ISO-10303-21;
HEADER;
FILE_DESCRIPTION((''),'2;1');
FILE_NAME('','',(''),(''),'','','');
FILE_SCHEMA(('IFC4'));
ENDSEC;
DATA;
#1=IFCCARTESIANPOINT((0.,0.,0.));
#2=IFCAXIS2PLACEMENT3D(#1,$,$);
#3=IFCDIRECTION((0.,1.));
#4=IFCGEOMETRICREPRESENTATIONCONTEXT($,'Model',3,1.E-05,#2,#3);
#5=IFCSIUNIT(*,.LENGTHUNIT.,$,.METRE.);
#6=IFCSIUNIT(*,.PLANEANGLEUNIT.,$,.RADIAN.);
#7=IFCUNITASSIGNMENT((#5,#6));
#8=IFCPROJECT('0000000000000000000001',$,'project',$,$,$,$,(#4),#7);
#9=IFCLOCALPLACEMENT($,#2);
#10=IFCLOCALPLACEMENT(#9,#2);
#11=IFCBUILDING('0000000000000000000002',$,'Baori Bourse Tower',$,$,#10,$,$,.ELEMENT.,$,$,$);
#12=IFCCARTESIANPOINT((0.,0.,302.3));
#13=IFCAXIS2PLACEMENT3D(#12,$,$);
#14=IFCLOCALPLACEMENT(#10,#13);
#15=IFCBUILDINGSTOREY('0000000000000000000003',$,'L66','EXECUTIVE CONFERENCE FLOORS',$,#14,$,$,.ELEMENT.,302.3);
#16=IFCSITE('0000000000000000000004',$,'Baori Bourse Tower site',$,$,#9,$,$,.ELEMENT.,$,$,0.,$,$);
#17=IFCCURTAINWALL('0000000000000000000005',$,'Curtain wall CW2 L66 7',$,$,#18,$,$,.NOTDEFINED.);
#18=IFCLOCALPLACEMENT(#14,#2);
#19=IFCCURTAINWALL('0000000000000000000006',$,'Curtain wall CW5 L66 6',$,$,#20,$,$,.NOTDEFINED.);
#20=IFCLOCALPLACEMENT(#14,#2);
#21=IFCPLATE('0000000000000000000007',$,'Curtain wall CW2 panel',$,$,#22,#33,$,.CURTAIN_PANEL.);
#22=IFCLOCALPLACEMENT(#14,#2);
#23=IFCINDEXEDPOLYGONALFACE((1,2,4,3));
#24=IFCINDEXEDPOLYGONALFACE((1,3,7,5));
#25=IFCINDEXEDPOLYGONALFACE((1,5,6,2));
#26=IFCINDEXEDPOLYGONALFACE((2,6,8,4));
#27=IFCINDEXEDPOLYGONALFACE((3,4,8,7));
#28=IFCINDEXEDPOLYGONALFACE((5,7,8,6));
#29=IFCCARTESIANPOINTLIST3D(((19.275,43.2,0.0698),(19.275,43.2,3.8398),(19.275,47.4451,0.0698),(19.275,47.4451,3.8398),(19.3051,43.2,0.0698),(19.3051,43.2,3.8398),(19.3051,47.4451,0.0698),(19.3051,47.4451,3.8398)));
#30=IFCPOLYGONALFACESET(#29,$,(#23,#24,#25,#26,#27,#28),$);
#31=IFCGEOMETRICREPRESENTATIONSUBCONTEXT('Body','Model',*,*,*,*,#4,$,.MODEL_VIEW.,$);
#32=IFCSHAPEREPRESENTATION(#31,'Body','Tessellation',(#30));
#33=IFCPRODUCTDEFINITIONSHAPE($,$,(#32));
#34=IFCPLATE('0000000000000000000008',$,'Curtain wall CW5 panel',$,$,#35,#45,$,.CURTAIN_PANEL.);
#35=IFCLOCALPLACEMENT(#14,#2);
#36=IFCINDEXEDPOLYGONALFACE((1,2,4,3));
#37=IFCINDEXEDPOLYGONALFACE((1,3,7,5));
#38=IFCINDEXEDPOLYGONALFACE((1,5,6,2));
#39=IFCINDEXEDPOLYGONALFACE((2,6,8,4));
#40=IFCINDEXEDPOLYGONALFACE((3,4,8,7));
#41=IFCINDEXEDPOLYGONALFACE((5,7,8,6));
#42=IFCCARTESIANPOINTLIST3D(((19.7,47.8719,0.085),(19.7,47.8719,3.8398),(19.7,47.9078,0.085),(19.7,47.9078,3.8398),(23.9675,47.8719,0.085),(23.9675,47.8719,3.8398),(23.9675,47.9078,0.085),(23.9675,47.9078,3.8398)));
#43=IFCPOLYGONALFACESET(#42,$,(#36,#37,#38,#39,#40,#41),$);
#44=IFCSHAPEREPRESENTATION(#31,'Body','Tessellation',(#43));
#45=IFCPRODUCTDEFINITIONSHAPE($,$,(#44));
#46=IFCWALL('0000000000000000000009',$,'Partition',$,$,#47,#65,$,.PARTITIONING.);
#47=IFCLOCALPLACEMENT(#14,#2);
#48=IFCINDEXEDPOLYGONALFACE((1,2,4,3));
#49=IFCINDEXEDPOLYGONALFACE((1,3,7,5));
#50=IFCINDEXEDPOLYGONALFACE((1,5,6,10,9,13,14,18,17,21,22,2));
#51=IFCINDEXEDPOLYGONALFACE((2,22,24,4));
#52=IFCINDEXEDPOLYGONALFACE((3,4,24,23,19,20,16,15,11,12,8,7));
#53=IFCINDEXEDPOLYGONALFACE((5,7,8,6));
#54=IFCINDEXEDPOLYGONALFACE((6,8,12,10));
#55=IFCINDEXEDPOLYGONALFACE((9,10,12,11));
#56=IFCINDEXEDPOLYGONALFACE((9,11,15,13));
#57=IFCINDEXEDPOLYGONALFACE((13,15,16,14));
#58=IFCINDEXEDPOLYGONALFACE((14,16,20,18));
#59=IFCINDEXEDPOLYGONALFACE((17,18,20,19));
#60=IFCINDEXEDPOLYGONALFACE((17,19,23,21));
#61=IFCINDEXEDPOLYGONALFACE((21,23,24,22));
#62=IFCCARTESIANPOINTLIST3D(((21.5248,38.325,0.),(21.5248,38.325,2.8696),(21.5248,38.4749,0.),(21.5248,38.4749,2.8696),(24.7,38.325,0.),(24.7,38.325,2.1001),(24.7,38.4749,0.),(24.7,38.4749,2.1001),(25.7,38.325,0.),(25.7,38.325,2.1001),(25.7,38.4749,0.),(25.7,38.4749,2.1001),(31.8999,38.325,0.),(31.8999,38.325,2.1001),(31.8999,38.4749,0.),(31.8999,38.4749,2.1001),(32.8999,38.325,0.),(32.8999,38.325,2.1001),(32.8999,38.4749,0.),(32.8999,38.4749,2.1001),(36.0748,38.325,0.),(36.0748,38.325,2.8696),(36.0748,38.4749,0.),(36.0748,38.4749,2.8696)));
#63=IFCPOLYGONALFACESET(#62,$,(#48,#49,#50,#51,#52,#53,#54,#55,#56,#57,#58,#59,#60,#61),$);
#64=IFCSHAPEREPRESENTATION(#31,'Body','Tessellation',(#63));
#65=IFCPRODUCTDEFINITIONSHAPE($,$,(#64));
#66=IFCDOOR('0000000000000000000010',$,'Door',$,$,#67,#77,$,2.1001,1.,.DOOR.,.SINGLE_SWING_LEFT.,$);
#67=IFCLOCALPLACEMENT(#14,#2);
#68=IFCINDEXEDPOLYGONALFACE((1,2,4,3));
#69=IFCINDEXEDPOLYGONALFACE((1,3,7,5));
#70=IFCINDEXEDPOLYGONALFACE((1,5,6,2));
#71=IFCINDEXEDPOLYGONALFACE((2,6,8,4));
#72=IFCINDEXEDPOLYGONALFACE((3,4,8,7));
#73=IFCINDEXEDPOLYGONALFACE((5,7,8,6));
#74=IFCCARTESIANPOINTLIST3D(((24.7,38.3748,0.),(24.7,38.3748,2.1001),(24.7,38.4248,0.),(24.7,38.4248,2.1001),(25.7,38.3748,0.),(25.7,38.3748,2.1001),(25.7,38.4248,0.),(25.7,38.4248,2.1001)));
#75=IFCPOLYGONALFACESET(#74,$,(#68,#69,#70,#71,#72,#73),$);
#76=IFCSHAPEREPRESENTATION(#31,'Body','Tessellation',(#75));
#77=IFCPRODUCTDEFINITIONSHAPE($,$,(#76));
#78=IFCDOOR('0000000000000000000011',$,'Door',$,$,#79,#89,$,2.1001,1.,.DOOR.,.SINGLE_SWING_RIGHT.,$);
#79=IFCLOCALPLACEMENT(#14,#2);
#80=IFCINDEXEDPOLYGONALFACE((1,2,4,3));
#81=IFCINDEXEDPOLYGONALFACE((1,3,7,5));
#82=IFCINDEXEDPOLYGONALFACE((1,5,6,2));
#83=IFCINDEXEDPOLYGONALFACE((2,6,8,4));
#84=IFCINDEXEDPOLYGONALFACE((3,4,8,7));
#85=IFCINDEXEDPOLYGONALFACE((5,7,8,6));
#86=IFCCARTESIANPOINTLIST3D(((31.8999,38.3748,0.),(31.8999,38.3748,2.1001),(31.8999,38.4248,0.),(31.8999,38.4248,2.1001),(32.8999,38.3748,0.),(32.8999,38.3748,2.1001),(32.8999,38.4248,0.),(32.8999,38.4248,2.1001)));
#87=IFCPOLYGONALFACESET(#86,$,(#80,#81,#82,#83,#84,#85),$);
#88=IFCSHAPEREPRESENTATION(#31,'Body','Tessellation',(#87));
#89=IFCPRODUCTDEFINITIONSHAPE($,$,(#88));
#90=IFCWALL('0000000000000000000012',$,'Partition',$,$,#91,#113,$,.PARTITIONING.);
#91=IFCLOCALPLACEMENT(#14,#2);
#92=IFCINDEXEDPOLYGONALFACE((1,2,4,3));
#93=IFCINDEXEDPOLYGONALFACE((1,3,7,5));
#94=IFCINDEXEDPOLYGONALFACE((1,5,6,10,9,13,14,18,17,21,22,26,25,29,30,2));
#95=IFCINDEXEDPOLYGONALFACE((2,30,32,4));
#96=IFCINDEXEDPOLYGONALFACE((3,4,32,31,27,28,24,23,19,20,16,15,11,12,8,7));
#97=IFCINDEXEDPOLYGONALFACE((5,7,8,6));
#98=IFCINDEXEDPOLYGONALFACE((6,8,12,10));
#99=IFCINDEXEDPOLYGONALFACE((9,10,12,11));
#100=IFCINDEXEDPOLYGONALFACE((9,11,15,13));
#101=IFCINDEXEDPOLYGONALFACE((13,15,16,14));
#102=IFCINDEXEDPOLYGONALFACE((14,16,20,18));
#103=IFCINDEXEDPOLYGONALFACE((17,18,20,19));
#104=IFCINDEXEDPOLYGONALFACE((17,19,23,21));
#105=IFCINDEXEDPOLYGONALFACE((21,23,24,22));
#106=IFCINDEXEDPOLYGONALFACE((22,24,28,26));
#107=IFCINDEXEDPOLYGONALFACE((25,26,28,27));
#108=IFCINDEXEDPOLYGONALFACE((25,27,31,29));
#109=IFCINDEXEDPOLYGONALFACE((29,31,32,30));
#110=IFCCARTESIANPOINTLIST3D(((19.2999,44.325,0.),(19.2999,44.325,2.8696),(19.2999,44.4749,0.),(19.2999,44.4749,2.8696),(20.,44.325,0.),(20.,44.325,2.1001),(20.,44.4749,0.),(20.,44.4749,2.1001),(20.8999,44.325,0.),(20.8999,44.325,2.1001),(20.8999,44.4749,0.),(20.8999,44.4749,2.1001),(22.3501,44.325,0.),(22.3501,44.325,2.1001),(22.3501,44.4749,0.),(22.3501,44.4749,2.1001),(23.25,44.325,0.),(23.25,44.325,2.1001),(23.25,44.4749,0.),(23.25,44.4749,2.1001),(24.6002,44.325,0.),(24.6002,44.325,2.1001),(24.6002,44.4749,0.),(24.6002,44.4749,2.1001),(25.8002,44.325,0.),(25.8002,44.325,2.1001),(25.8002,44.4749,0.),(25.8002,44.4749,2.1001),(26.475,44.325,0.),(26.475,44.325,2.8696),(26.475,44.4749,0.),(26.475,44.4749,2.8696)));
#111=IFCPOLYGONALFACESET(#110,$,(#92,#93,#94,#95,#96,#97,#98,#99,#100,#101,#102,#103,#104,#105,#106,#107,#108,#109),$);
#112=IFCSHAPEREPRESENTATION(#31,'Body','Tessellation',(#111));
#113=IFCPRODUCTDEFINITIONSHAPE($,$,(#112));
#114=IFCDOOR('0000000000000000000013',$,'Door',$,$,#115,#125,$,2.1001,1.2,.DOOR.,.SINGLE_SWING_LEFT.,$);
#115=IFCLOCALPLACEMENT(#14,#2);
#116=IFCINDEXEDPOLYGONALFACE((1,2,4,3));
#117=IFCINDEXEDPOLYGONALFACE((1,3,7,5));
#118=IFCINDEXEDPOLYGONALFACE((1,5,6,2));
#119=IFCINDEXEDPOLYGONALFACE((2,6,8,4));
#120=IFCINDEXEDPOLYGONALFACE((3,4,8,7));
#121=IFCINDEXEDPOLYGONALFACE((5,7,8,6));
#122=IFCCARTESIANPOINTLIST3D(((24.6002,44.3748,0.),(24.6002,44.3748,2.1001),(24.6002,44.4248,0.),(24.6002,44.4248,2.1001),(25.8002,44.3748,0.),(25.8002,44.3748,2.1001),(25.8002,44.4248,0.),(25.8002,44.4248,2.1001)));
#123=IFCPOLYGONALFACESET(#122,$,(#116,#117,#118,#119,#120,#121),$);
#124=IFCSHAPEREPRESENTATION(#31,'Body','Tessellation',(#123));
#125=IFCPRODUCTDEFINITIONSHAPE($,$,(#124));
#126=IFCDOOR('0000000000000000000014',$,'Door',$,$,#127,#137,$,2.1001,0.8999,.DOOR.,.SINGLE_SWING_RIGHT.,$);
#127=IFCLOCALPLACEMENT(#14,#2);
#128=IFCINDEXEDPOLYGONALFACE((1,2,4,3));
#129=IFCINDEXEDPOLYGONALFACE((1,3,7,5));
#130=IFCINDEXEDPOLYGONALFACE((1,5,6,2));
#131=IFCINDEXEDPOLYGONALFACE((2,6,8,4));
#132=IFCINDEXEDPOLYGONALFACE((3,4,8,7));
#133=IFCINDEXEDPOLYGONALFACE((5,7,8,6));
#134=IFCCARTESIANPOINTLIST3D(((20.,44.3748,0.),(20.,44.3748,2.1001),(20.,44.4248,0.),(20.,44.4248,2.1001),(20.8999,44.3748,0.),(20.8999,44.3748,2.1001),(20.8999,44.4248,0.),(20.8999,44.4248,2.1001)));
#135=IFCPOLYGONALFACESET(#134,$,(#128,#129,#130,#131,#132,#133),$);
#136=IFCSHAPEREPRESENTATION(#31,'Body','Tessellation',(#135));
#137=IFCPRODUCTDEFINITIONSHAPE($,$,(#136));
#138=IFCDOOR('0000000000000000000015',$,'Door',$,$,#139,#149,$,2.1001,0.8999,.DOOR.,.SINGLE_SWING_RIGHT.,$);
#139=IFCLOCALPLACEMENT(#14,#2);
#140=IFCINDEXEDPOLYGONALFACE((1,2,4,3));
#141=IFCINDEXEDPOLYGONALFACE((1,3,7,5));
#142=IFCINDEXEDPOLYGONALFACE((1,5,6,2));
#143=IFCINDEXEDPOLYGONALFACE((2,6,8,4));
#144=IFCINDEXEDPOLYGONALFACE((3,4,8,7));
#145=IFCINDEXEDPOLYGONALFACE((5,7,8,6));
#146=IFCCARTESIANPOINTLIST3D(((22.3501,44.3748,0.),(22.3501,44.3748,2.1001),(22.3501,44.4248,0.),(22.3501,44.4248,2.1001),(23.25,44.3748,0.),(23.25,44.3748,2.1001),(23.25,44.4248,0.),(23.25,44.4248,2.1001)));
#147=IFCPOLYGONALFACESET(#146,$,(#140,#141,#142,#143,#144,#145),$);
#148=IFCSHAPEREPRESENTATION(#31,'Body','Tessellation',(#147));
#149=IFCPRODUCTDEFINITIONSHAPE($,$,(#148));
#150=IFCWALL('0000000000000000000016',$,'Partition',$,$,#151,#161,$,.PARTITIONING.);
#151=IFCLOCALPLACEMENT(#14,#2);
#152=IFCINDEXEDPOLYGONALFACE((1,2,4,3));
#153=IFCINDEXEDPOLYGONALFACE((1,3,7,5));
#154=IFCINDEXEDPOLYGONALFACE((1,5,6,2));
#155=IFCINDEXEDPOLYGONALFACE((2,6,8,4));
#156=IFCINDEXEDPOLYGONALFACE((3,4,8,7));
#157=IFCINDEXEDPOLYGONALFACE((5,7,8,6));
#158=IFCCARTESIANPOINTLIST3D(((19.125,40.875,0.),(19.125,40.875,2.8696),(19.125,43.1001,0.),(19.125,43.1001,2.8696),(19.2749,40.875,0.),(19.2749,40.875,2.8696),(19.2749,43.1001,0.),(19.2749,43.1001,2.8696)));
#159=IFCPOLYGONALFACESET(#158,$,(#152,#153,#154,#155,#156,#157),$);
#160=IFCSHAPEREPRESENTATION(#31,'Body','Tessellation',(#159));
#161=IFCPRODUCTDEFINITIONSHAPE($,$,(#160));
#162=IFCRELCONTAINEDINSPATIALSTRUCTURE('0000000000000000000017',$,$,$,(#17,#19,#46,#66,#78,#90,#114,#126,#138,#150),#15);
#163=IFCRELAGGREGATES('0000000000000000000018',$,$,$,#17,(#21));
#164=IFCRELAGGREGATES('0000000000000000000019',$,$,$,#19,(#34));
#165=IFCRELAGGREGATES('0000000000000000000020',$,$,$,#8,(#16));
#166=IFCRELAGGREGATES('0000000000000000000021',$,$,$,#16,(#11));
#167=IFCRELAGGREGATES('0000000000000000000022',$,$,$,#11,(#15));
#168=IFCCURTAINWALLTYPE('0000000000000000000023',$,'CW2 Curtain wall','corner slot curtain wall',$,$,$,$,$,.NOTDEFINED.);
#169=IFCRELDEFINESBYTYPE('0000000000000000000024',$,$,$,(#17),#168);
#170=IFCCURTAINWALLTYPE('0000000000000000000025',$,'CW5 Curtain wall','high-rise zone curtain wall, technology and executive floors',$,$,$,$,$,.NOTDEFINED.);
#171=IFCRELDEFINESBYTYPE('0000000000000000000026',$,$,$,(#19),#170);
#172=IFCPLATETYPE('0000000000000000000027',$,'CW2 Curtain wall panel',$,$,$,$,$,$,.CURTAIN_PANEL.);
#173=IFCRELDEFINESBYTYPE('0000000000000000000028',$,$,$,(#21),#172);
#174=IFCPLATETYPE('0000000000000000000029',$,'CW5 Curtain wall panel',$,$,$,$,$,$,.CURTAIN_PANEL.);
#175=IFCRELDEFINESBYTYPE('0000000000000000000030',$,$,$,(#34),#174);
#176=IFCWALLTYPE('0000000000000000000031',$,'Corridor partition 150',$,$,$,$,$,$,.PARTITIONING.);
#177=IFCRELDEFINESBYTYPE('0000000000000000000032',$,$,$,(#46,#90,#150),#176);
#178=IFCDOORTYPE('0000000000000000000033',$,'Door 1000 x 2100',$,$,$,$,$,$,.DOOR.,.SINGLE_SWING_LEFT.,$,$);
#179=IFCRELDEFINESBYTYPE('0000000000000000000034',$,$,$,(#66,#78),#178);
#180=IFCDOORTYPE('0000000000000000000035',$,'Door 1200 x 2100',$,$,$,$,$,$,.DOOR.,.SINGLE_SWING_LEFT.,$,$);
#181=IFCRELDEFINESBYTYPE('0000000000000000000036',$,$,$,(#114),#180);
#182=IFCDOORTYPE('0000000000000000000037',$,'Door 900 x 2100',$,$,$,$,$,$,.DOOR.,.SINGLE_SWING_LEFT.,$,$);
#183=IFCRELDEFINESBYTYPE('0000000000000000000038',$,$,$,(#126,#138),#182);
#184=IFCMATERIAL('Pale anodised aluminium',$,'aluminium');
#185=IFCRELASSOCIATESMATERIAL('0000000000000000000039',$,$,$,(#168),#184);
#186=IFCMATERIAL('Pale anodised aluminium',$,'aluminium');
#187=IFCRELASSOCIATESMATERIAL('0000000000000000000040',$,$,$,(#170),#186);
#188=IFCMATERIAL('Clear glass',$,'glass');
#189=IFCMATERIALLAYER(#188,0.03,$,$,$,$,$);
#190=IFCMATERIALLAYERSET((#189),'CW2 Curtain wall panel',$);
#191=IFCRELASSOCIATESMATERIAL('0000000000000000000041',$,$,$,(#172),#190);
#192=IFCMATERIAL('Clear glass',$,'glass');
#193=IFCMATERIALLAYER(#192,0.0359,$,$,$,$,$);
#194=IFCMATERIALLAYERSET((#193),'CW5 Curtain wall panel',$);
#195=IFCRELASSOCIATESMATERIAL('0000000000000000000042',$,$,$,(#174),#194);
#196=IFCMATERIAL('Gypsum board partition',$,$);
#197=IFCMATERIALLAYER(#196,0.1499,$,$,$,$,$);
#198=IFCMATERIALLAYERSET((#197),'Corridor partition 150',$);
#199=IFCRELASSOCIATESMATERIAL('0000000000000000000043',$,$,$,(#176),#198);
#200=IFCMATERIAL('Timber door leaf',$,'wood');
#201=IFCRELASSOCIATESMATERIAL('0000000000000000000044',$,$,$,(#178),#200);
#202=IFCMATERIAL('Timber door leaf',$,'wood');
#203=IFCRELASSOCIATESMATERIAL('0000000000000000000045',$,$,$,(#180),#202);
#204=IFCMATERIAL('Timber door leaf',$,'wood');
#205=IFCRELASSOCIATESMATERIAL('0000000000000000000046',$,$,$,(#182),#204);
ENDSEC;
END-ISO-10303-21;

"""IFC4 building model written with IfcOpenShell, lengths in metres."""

from ifc_helpers import new_model, si_unit, direction, frame, frame_2d, origin, origin_2d, place, context, subcontext, project, spatial, rectangle, extrude, material, layer, layer_set, type_object, element, fill, aggregate, save


model = new_model("IFC4")

# Units and contexts
model_context = context("Model", 3, precision=1e-05, world=origin(), true_north=direction((0.0, 1.0)))
body_context = subcontext(model_context, "Body", "Model", "MODEL_VIEW")
ifc_project = project(units=[si_unit("LENGTHUNIT", "METRE"), si_unit("PLANEANGLEUNIT", "RADIAN")], contexts=[model_context])

# Site, building, storey
site_placement = place(None, origin())
site = spatial("IfcSite", under=ifc_project, at=site_placement, Name="Baori Bourse Tower site", CompositionType="ELEMENT", RefElevation=0.0)
building_placement = place(site_placement, origin())
building = spatial("IfcBuilding", under=site, at=building_placement, Name="Baori Bourse Tower", CompositionType="ELEMENT")
storey_placement = place(building_placement, frame((0.0, 0.0, 302.3)))
storey = spatial("IfcBuildingStorey", under=building, at=storey_placement, Name="L66", Description="EXECUTIVE CONFERENCE FLOORS", CompositionType="ELEMENT", Elevation=302.3)

# Curtain wall
ifc_material_1 = material(Name="Pale anodised aluminium", Category="aluminium")
curtain_wall_type_1 = type_object("IfcCurtainWallType", Name="CW2 Curtain wall", Description="corner slot curtain wall", PredefinedType="NOTDEFINED", material=ifc_material_1)
curtain_wall_1_placement = place(storey_placement, origin())
curtain_wall_1 = element("IfcCurtainWall", 1, at=curtain_wall_1_placement, inside=storey, type_object=curtain_wall_type_1, Name="Curtain wall CW2 L66 7", PredefinedType="NOTDEFINED")

# Curtain wall
ifc_material_2 = material(Name="Pale anodised aluminium", Category="aluminium")
curtain_wall_type_2 = type_object("IfcCurtainWallType", Name="CW5 Curtain wall", Description="high-rise zone curtain wall, technology and executive floors", PredefinedType="NOTDEFINED", material=ifc_material_2)
curtain_wall_2_placement = place(storey_placement, origin())
curtain_wall_2 = element("IfcCurtainWall", 2, at=curtain_wall_2_placement, inside=storey, type_object=curtain_wall_type_2, Name="Curtain wall CW5 L66 6", PredefinedType="NOTDEFINED")

# Plates
ifc_material_3 = material(Name="Clear glass", Category="glass")
ifc_layer_1 = layer(ifc_material_3, 0.03)
ifc_layer_set_1 = layer_set([ifc_layer_1], Name="CW2 Curtain wall panel")
plate_type_1 = type_object("IfcPlateType", Name="CW2 Curtain wall panel", PredefinedType="CURTAIN_PANEL", material=ifc_layer_set_1)
plate_1_placement = place(storey_placement, frame((19.29, 45.3225, 0.0698), z_axis=(0.0, 0.0, 1.0), x_axis=(0.0, -1.0, 0.0)))
plate_1 = element("IfcPlate", 3, at=plate_1_placement, type_object=plate_type_1, Name="Curtain wall CW2 panel", PredefinedType="CURTAIN_PANEL", context=body_context, shape_type="SweptSolid", body=[
    extrude(rectangle(XDim=4.2451, YDim=0.03, at=origin_2d()), origin(), (0.0, 0.0, 1.0), 3.77),
])
aggregate(curtain_wall_1, [plate_1])
ifc_material_4 = material(Name="Clear glass", Category="glass")
ifc_layer_2 = layer(ifc_material_4, 0.0359)
ifc_layer_set_2 = layer_set([ifc_layer_2], Name="CW5 Curtain wall panel")
plate_type_2 = type_object("IfcPlateType", Name="CW5 Curtain wall panel", PredefinedType="CURTAIN_PANEL", material=ifc_layer_set_2)
plate_2_placement = place(storey_placement, frame((21.8337, 47.8899, 0.085), z_axis=(0.0, 0.0, 1.0), x_axis=(-1.0, 0.0, 0.0)))
plate_2 = element("IfcPlate", 4, at=plate_2_placement, type_object=plate_type_2, Name="Curtain wall CW5 panel", PredefinedType="CURTAIN_PANEL", context=body_context, shape_type="SweptSolid", body=[
    extrude(rectangle(XDim=4.2676, YDim=0.0359, at=origin_2d()), origin(), (0.0, 0.0, 1.0), 3.7549),
])
aggregate(curtain_wall_2, [plate_2])

# Walls, openings, doors
ifc_material_5 = material(Name="Gypsum board partition")
ifc_layer_3 = layer(ifc_material_5, 0.1499)
ifc_layer_set_3 = layer_set([ifc_layer_3], Name="Corridor partition 150")
wall_type_1 = type_object("IfcWallType", Name="Corridor partition 150", PredefinedType="PARTITIONING", material=ifc_layer_set_3)
wall_1_placement = place(storey_placement, frame((21.5249, 38.3999, 0.0), z_axis=(0.0, 0.0, 1.0), x_axis=(1.0, 0.0, 0.0)))
wall_1 = element("IfcWall", 5, at=wall_1_placement, inside=storey, type_object=wall_type_1, Name="Partition", PredefinedType="PARTITIONING", context=body_context, shape_type="SweptSolid", body=[
    extrude(rectangle(XDim=14.55, YDim=0.1499, at=frame_2d((7.2749, 0.0))), origin(), (0.0, 0.0, 1.0), 2.8696),
])
opening_1_placement = place(wall_1_placement, frame((3.175, 0.0, 0.0)))
opening_1 = element("IfcOpeningElement", 6, at=opening_1_placement, cuts=wall_1, PredefinedType="OPENING", context=body_context, shape_type="SweptSolid", body=[
    extrude(rectangle(XDim=1.0, YDim=2.1001, at=frame_2d((0.5, 1.05))), frame((0.0, 0.085, 0.0), z_axis=(0.0, -1.0, 0.0), x_axis=(1.0, 0.0, 0.0)), (0.0, 0.0, 1.0), 0.1699),
])
opening_2_placement = place(wall_1_placement, frame((10.375, 0.0, 0.0)))
opening_2 = element("IfcOpeningElement", 7, at=opening_2_placement, cuts=wall_1, PredefinedType="OPENING", context=body_context, shape_type="SweptSolid", body=[
    extrude(rectangle(XDim=1.0, YDim=2.1001, at=frame_2d((0.5, 1.05))), frame((0.0, 0.085, 0.0), z_axis=(0.0, -1.0, 0.0), x_axis=(1.0, 0.0, 0.0)), (0.0, 0.0, 1.0), 0.1699),
])
ifc_material_6 = material(Name="Timber door leaf", Category="wood")
door_type_1 = type_object("IfcDoorType", Name="Door 1000 x 2100", OperationType="SINGLE_SWING_LEFT", PredefinedType="DOOR", material=ifc_material_6)
door_1_placement = place(opening_1_placement, origin())
door_1 = element("IfcDoor", 8, at=door_1_placement, inside=storey, type_object=door_type_1, Name="Door", OperationType="SINGLE_SWING_LEFT", OverallHeight=2.1001, OverallWidth=1.0, PredefinedType="DOOR", context=body_context, shape_type="SweptSolid", body=[
    extrude(rectangle(XDim=1.0, YDim=2.1001, at=frame_2d((0.5, 1.05))), frame((0.0, 0.0249, 0.0), z_axis=(0.0, -1.0, 0.0), x_axis=(1.0, 0.0, 0.0)), (0.0, 0.0, 1.0), 0.05),
])
fill(opening_1, door_1)
door_2_placement = place(opening_2_placement, origin())
door_2 = element("IfcDoor", 9, at=door_2_placement, inside=storey, type_object=door_type_1, Name="Door", OperationType="SINGLE_SWING_RIGHT", OverallHeight=2.1001, OverallWidth=1.0, PredefinedType="DOOR", context=body_context, shape_type="SweptSolid", body=[
    extrude(rectangle(XDim=1.0, YDim=2.1001, at=frame_2d((0.5, 1.05))), frame((0.0, 0.0249, 0.0), z_axis=(0.0, -1.0, 0.0), x_axis=(1.0, 0.0, 0.0)), (0.0, 0.0, 1.0), 0.05),
])
fill(opening_2, door_2)
wall_2_placement = place(storey_placement, frame((19.3, 44.3999, 0.0), z_axis=(0.0, 0.0, 1.0), x_axis=(1.0, 0.0, 0.0)))
wall_2 = element("IfcWall", 10, at=wall_2_placement, inside=storey, type_object=wall_type_1, Name="Partition", PredefinedType="PARTITIONING", context=body_context, shape_type="SweptSolid", body=[
    extrude(rectangle(XDim=7.175, YDim=0.1499, at=frame_2d((3.5874, 0.0))), origin(), (0.0, 0.0, 1.0), 2.8696),
])
opening_3_placement = place(wall_2_placement, frame((0.7, 0.0, 0.0)))
opening_3 = element("IfcOpeningElement", 11, at=opening_3_placement, cuts=wall_2, PredefinedType="OPENING", context=body_context, shape_type="SweptSolid", body=[
    extrude(rectangle(XDim=0.8999, YDim=2.1001, at=frame_2d((0.45, 1.05))), frame((0.0, 0.085, 0.0), z_axis=(0.0, -1.0, 0.0), x_axis=(1.0, 0.0, 0.0)), (0.0, 0.0, 1.0), 0.1699),
])
opening_4_placement = place(wall_2_placement, frame((3.05, 0.0, 0.0)))
opening_4 = element("IfcOpeningElement", 12, at=opening_4_placement, cuts=wall_2, PredefinedType="OPENING", context=body_context, shape_type="SweptSolid", body=[
    extrude(rectangle(XDim=0.8999, YDim=2.1001, at=frame_2d((0.45, 1.05))), frame((0.0, 0.085, 0.0), z_axis=(0.0, -1.0, 0.0), x_axis=(1.0, 0.0, 0.0)), (0.0, 0.0, 1.0), 0.1699),
])
opening_5_placement = place(wall_2_placement, frame((5.3, 0.0, 0.0)))
opening_5 = element("IfcOpeningElement", 13, at=opening_5_placement, cuts=wall_2, PredefinedType="OPENING", context=body_context, shape_type="SweptSolid", body=[
    extrude(rectangle(XDim=1.2, YDim=2.1001, at=frame_2d((0.6001, 1.05))), frame((0.0, 0.085, 0.0), z_axis=(0.0, -1.0, 0.0), x_axis=(1.0, 0.0, 0.0)), (0.0, 0.0, 1.0), 0.1699),
])
ifc_material_7 = material(Name="Timber door leaf", Category="wood")
door_type_2 = type_object("IfcDoorType", Name="Door 1200 x 2100", OperationType="SINGLE_SWING_LEFT", PredefinedType="DOOR", material=ifc_material_7)
door_3_placement = place(opening_5_placement, origin())
door_3 = element("IfcDoor", 14, at=door_3_placement, inside=storey, type_object=door_type_2, Name="Door", OperationType="SINGLE_SWING_LEFT", OverallHeight=2.1001, OverallWidth=1.2, PredefinedType="DOOR", context=body_context, shape_type="SweptSolid", body=[
    extrude(rectangle(XDim=1.2, YDim=2.1001, at=frame_2d((0.6001, 1.05))), frame((0.0, 0.0249, 0.0), z_axis=(0.0, -1.0, 0.0), x_axis=(1.0, 0.0, 0.0)), (0.0, 0.0, 1.0), 0.05),
])
fill(opening_5, door_3)
ifc_material_8 = material(Name="Timber door leaf", Category="wood")
door_type_3 = type_object("IfcDoorType", Name="Door 900 x 2100", OperationType="SINGLE_SWING_LEFT", PredefinedType="DOOR", material=ifc_material_8)
door_4_placement = place(opening_3_placement, origin())
door_4 = element("IfcDoor", 15, at=door_4_placement, inside=storey, type_object=door_type_3, Name="Door", OperationType="SINGLE_SWING_RIGHT", OverallHeight=2.1001, OverallWidth=0.8999, PredefinedType="DOOR", context=body_context, shape_type="SweptSolid", body=[
    extrude(rectangle(XDim=0.8999, YDim=2.1001, at=frame_2d((0.45, 1.05))), frame((0.0, 0.0249, 0.0), z_axis=(0.0, -1.0, 0.0), x_axis=(1.0, 0.0, 0.0)), (0.0, 0.0, 1.0), 0.05),
])
fill(opening_3, door_4)
door_5_placement = place(opening_4_placement, origin())
door_5 = element("IfcDoor", 16, at=door_5_placement, inside=storey, type_object=door_type_3, Name="Door", OperationType="SINGLE_SWING_RIGHT", OverallHeight=2.1001, OverallWidth=0.8999, PredefinedType="DOOR", context=body_context, shape_type="SweptSolid", body=[
    extrude(rectangle(XDim=0.8999, YDim=2.1001, at=frame_2d((0.45, 1.05))), frame((0.0, 0.0249, 0.0), z_axis=(0.0, -1.0, 0.0), x_axis=(1.0, 0.0, 0.0)), (0.0, 0.0, 1.0), 0.05),
])
fill(opening_4, door_5)

# Wall
wall_3_placement = place(storey_placement, frame((19.2, 40.875, 0.0), z_axis=(0.0, 0.0, 1.0), x_axis=(0.0, 1.0, 0.0)))
element("IfcWall", 17, at=wall_3_placement, inside=storey, type_object=wall_type_1, Name="Partition", PredefinedType="PARTITIONING", context=body_context, shape_type="SweptSolid", body=[
    extrude(rectangle(XDim=2.2251, YDim=0.1499, at=frame_2d((1.1125, 0.0))), origin(), (0.0, 0.0, 1.0), 2.8696),
])

save(model, "model.ifc")
